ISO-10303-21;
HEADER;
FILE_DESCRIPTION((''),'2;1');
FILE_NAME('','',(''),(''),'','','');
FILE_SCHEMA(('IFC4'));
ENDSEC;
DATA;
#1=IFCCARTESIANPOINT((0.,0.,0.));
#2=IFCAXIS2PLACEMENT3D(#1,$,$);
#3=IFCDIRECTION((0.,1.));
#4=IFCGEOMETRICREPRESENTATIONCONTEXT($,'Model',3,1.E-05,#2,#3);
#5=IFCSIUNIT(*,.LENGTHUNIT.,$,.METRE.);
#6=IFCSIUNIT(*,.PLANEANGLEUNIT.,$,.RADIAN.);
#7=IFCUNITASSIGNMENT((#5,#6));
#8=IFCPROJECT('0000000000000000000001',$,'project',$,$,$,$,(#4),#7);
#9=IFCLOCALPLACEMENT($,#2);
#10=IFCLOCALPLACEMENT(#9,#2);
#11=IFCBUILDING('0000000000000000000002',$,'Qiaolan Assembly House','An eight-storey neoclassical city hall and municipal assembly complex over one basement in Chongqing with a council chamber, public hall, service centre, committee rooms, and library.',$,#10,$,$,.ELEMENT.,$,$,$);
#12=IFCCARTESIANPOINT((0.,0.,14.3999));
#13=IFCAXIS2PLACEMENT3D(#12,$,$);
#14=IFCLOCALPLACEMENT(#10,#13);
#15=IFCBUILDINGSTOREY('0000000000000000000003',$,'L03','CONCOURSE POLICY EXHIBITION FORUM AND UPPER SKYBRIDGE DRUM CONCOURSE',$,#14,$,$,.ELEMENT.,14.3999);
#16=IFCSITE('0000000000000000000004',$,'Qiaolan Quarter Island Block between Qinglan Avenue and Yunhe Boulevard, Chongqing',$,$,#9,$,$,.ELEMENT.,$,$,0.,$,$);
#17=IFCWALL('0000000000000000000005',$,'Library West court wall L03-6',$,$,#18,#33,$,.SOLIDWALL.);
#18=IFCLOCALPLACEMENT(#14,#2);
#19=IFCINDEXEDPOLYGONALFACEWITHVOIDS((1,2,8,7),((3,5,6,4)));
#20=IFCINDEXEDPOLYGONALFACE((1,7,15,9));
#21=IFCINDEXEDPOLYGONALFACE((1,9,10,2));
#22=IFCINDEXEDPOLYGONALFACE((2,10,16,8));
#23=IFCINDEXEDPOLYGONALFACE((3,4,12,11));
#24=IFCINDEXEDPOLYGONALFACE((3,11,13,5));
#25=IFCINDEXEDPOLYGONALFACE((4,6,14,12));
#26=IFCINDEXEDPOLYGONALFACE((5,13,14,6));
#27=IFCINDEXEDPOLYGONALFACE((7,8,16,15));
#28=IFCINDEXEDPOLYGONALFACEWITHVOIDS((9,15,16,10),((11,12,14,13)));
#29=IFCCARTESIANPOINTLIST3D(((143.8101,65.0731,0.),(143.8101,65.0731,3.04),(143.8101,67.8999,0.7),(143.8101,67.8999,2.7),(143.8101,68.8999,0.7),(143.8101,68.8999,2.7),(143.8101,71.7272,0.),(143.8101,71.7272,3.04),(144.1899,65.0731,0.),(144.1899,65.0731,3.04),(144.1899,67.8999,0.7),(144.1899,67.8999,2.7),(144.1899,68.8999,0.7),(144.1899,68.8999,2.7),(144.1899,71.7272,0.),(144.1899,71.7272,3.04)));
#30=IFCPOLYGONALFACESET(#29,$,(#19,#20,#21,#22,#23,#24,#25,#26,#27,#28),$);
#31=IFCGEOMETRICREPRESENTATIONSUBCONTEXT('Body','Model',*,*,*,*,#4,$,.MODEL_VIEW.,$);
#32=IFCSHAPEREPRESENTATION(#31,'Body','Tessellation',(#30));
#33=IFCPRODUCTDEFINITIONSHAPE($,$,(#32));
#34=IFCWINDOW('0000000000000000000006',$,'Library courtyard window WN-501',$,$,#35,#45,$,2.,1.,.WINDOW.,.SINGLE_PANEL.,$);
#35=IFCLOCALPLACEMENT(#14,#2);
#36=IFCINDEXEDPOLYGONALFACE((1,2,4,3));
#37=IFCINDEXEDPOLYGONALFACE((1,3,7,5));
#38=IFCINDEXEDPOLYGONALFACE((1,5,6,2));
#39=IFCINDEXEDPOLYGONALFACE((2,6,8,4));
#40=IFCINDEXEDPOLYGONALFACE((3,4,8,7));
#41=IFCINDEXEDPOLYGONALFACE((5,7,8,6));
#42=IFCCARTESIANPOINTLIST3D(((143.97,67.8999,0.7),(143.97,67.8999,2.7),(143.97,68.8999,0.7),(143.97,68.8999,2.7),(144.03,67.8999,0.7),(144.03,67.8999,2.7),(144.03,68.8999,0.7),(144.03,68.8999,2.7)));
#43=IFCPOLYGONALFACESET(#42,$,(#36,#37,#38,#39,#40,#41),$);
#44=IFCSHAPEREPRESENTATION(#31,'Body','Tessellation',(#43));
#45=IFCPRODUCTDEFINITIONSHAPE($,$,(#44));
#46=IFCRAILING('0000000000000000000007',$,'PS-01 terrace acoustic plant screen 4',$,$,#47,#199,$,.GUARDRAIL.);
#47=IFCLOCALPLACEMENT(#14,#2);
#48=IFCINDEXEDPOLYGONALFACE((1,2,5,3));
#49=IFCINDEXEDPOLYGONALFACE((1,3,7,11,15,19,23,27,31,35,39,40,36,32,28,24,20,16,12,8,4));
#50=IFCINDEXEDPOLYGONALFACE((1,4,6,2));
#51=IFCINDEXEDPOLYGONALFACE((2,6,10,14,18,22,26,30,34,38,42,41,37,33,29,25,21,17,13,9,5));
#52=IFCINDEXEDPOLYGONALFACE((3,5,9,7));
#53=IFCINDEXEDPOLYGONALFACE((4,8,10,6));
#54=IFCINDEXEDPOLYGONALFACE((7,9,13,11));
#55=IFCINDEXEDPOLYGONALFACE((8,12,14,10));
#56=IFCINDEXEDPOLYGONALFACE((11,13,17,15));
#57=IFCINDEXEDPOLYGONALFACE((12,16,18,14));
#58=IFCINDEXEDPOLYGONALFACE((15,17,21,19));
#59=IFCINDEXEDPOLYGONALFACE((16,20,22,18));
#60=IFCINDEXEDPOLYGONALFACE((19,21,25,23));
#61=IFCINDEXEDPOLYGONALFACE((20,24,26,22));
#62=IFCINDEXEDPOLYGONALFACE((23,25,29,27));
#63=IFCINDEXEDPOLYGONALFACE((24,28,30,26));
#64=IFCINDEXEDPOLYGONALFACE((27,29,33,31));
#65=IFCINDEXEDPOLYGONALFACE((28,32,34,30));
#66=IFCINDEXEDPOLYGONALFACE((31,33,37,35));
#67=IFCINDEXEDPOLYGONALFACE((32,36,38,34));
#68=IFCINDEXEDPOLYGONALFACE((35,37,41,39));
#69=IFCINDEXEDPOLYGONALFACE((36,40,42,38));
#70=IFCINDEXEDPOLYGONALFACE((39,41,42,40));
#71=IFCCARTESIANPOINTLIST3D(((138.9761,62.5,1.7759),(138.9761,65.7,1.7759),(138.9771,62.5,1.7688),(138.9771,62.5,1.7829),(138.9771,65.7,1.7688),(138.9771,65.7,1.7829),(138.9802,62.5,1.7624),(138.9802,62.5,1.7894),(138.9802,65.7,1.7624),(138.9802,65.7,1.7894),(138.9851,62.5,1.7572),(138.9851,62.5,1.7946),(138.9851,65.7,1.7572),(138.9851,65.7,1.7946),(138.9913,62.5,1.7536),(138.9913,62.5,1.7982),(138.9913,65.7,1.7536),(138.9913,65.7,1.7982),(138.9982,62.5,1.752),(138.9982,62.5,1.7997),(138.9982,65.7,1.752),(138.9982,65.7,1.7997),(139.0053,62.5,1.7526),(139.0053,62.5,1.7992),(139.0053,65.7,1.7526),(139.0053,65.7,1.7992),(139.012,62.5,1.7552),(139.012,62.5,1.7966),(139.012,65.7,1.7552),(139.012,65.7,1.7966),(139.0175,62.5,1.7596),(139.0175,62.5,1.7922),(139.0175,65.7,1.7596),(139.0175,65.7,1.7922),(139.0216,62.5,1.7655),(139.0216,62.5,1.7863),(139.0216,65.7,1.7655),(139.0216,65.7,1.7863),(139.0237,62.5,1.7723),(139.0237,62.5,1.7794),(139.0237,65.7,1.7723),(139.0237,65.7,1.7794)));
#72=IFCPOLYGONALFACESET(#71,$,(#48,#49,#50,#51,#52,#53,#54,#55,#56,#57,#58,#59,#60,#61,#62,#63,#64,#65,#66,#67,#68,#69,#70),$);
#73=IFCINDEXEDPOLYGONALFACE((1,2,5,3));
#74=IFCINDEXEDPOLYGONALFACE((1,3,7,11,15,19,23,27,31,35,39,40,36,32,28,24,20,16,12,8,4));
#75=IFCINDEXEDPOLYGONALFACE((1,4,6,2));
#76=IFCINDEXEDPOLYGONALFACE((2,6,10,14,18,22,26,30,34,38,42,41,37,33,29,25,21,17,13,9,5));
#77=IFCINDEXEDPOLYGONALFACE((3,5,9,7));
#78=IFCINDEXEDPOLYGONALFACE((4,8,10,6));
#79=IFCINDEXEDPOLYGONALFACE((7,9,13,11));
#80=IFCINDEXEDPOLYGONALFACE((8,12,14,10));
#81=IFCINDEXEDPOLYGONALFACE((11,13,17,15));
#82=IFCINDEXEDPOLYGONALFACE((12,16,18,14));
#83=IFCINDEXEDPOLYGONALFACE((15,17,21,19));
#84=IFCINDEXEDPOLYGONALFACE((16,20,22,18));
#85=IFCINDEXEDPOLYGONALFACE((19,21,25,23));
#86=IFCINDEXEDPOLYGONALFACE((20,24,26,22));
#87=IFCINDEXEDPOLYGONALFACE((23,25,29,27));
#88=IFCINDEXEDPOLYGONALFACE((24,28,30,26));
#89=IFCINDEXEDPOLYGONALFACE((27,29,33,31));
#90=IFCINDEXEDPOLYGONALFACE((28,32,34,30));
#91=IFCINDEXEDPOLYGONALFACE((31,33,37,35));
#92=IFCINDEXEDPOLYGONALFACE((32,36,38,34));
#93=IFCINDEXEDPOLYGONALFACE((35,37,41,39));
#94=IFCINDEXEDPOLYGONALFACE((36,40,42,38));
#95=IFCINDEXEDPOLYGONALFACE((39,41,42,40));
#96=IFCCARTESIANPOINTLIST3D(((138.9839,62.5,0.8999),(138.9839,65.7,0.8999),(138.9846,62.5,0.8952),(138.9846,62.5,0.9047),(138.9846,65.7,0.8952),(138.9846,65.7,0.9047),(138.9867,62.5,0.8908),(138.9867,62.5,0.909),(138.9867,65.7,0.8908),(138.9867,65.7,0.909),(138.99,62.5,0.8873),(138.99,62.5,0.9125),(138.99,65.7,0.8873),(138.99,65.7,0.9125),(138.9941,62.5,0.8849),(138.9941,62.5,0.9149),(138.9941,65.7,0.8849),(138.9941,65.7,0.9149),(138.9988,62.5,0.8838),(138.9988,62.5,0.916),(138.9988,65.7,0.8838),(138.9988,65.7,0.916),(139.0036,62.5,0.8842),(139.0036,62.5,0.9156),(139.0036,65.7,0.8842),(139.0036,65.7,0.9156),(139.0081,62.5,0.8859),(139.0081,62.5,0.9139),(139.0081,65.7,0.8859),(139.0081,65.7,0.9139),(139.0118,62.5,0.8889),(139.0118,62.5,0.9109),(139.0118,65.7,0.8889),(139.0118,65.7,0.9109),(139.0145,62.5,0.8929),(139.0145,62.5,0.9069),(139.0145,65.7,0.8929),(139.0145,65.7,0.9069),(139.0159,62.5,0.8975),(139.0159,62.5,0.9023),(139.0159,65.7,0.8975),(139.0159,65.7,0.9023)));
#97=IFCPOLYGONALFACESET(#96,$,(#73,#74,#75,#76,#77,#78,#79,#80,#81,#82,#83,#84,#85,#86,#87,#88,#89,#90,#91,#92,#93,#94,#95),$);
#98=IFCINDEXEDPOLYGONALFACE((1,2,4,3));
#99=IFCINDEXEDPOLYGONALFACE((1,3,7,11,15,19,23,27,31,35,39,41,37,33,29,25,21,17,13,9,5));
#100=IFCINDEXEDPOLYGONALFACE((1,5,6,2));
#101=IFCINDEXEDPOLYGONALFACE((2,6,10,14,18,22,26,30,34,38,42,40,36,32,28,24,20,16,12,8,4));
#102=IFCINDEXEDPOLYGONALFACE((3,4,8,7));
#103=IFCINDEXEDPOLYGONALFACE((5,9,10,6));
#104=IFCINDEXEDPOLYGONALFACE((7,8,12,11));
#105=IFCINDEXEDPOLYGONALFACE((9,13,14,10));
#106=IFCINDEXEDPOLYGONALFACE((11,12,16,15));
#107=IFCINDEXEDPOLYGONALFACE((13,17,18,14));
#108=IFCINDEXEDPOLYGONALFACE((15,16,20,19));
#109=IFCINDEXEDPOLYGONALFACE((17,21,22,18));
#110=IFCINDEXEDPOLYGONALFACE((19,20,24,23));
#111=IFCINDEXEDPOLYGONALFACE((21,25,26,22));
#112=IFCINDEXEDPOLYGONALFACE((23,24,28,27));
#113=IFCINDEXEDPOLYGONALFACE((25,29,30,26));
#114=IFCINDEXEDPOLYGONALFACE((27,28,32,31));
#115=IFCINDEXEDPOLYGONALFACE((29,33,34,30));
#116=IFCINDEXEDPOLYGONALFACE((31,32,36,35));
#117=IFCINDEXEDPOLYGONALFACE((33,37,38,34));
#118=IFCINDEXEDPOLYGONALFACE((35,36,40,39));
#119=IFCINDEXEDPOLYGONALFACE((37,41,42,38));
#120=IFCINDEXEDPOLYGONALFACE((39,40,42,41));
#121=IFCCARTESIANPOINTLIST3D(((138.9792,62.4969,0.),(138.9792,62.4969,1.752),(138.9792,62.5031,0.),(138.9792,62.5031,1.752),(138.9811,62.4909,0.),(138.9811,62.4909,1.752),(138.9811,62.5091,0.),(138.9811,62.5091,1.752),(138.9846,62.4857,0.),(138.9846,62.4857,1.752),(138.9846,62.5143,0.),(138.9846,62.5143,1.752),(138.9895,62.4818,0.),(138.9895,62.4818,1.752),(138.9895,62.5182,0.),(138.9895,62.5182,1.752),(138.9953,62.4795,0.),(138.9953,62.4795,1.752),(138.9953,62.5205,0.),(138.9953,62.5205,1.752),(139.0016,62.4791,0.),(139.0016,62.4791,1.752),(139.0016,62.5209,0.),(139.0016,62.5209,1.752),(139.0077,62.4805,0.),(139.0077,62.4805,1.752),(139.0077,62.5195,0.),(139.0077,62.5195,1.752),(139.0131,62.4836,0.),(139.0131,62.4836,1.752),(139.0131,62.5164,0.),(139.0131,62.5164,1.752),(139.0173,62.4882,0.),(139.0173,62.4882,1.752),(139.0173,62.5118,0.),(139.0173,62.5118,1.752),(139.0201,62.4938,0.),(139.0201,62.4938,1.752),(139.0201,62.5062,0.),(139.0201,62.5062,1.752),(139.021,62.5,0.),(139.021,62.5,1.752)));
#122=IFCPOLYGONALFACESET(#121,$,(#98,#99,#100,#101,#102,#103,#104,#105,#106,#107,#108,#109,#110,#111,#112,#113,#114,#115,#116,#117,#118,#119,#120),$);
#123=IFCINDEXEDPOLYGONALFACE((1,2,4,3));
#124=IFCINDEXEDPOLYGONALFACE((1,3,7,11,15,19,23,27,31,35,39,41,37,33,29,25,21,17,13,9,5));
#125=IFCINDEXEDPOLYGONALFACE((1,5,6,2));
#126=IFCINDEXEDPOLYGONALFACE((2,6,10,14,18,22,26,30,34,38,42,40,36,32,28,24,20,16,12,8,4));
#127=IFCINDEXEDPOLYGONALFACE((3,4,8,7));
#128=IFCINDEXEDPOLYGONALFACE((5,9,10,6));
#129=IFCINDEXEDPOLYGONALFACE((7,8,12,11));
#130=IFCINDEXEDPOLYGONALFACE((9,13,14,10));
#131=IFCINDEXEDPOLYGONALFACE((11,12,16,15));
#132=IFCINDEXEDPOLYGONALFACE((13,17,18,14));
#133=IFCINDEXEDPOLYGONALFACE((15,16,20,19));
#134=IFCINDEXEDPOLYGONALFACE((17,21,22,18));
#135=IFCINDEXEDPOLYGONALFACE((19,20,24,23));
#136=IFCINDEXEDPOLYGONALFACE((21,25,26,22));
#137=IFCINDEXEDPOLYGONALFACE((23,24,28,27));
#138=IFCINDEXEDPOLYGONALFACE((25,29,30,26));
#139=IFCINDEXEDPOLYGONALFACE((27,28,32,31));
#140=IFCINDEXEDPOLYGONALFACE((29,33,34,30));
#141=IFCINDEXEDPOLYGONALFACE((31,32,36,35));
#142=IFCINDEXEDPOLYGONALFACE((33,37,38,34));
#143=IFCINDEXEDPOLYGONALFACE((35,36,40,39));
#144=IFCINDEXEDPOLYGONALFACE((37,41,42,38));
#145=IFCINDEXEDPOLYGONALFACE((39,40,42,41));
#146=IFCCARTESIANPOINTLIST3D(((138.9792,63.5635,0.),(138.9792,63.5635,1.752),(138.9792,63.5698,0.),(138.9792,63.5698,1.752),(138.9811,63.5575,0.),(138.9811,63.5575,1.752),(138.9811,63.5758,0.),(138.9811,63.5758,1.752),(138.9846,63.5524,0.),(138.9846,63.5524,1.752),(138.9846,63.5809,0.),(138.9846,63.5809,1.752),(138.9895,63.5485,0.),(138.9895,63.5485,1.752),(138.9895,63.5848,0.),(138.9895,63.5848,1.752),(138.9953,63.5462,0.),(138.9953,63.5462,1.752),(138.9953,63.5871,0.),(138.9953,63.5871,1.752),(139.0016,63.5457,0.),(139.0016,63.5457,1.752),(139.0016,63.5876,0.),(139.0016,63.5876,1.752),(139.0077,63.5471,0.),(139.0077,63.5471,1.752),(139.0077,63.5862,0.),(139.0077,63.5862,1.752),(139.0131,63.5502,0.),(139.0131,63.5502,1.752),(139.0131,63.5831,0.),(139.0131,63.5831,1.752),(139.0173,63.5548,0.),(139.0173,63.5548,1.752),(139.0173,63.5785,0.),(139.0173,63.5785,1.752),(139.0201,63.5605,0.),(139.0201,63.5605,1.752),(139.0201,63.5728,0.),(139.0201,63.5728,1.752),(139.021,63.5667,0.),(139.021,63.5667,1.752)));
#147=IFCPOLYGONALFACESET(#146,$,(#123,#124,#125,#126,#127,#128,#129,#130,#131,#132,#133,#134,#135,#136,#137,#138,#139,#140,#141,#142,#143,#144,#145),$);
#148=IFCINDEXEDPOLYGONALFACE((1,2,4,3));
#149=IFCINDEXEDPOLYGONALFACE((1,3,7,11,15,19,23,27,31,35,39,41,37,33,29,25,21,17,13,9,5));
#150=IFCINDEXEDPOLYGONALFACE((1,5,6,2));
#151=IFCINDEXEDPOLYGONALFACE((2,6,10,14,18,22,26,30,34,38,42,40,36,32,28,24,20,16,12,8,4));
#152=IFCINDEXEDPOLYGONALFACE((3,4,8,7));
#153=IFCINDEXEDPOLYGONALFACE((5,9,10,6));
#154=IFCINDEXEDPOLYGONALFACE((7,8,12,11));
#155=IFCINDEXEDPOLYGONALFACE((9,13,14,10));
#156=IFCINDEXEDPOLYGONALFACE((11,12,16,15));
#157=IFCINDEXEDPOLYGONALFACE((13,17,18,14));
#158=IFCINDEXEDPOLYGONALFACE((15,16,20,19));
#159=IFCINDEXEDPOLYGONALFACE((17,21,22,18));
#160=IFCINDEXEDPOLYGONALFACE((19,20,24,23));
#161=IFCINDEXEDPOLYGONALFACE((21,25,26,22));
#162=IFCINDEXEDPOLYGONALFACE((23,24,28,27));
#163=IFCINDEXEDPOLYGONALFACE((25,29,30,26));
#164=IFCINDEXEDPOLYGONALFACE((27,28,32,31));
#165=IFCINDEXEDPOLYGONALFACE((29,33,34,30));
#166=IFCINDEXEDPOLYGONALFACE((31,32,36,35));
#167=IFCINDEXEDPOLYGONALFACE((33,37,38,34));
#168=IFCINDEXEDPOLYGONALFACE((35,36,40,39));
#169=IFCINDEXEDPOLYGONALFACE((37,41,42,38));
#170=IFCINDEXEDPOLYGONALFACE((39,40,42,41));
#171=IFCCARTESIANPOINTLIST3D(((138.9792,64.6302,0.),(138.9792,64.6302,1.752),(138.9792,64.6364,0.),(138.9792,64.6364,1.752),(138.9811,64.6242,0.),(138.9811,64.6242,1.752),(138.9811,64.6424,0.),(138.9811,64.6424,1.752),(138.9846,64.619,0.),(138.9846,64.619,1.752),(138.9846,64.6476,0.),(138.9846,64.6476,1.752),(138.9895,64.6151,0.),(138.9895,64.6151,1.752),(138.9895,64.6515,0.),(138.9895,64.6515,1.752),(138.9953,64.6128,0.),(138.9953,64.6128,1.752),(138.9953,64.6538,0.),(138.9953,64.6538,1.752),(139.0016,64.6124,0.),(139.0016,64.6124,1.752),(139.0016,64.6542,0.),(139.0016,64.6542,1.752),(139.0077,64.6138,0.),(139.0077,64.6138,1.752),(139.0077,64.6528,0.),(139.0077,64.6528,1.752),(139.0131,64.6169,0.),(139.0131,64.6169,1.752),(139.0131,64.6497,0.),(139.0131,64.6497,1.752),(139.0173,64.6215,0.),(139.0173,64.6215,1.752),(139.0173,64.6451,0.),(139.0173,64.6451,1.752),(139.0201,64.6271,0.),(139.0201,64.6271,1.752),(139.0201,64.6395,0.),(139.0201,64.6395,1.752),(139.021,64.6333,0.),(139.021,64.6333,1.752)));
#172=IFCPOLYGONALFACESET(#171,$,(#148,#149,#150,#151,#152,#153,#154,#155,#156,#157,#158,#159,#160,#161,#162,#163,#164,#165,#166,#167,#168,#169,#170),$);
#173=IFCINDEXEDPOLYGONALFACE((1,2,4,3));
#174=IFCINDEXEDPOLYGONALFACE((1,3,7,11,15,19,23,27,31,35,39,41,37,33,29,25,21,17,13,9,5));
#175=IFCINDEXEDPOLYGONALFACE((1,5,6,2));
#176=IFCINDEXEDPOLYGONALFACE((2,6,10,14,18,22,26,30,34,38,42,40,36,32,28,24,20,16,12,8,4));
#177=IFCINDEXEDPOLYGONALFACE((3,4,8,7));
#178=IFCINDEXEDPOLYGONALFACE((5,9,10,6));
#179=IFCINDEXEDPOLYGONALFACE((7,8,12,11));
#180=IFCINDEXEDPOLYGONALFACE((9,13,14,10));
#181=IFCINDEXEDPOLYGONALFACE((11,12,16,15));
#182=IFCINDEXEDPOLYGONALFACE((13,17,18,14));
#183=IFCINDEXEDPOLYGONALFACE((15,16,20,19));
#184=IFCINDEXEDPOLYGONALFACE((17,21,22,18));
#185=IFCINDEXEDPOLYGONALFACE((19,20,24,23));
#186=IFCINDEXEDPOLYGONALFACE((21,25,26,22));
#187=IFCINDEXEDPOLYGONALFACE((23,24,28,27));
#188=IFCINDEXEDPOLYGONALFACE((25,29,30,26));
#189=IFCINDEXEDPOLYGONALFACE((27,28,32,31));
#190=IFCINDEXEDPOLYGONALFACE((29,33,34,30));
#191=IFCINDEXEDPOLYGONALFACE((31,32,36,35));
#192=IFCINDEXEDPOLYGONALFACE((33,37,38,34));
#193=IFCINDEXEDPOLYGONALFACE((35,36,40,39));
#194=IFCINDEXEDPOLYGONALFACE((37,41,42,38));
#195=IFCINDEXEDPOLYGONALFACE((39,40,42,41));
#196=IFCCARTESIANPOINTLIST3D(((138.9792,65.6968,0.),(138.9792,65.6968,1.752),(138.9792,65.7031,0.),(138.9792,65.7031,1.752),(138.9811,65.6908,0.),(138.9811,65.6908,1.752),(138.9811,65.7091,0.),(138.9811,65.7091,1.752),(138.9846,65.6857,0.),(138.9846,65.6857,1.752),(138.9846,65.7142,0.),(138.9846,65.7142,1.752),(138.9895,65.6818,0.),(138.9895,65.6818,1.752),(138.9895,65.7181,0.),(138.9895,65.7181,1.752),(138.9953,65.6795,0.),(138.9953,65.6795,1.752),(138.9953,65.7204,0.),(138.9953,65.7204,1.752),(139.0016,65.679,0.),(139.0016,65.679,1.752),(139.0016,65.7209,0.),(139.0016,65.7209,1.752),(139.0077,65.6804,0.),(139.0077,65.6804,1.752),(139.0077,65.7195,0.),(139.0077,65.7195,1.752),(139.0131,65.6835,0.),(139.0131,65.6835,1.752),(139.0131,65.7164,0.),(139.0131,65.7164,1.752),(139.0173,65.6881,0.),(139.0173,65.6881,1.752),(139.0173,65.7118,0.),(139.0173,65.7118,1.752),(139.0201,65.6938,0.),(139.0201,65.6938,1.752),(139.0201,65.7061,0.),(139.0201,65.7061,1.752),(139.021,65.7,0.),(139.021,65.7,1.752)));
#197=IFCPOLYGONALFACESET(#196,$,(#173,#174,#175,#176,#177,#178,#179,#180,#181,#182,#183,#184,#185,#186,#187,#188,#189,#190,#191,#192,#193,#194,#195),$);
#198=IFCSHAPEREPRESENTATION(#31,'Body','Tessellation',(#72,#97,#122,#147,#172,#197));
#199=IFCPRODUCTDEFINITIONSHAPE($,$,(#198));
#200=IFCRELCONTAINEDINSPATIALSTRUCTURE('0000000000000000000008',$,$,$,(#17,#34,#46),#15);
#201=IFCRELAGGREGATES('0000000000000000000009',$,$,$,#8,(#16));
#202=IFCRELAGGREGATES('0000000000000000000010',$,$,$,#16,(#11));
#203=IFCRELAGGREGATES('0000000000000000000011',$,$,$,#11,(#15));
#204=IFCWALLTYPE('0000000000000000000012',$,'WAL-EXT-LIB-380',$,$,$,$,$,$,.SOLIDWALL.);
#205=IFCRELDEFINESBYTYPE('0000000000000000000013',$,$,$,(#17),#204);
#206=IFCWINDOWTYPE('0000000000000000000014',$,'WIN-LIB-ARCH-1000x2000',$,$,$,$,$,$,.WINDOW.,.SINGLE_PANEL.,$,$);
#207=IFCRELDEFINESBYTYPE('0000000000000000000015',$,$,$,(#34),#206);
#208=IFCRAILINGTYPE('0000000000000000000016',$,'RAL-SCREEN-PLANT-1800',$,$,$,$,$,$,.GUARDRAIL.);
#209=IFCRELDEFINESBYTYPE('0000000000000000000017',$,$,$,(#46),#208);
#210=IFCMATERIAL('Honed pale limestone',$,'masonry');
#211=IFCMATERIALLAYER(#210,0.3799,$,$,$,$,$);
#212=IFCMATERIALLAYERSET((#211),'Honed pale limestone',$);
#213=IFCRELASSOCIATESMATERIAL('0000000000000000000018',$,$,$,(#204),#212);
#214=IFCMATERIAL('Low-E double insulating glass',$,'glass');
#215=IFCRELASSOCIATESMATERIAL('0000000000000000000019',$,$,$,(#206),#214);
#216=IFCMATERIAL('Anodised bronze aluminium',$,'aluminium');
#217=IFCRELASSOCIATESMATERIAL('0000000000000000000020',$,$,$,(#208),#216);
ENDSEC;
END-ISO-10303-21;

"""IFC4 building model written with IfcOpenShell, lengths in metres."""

from ifc_helpers import new_model, si_unit, direction, frame, frame_2d, origin, origin_2d, place, context, subcontext, project, spatial, rectangle, circle, extrude, material, layer, layer_set, type_object, element, fill, save


model = new_model("IFC4")

# Units and contexts
model_context = context("Model", 3, precision=1e-05, world=origin(), true_north=direction((0.0, 1.0)))
body_context = subcontext(model_context, "Body", "Model", "MODEL_VIEW")
ifc_project = project(units=[si_unit("LENGTHUNIT", "METRE"), si_unit("PLANEANGLEUNIT", "RADIAN")], contexts=[model_context])

# Site, building, storey
site_placement = place(None, origin())
site = spatial("IfcSite", under=ifc_project, at=site_placement, Name="Qiaolan Quarter Island Block between Qinglan Avenue and Yunhe Boulevard, Chongqing", CompositionType="ELEMENT", RefElevation=0.0)
building_placement = place(site_placement, origin())
building = spatial("IfcBuilding", under=site, at=building_placement, Name="Qiaolan Assembly House", Description="An eight-storey neoclassical city hall and municipal assembly complex over one basement in Chongqing with a council chamber, public hall, service centre, committee rooms, and library.", CompositionType="ELEMENT")
storey_placement = place(building_placement, frame((0.0, 0.0, 14.3999)))
storey = spatial("IfcBuildingStorey", under=building, at=storey_placement, Name="L03", Description="CONCOURSE POLICY EXHIBITION FORUM AND UPPER SKYBRIDGE DRUM CONCOURSE", CompositionType="ELEMENT", Elevation=14.3999)

# Shared definitions
ifc_material_1 = material(Name="Honed pale limestone", Category="masonry")
ifc_layer = layer(ifc_material_1, 0.3799)
ifc_layer_set = layer_set([ifc_layer], Name="Honed pale limestone")
wall_type = type_object("IfcWallType", Name="WAL-EXT-LIB-380", PredefinedType="SOLIDWALL", material=ifc_layer_set)
ifc_material_2 = material(Name="Anodised bronze aluminium", Category="aluminium")

# Wall, opening, window
wall_1_placement = place(storey_placement, frame((144.0, 65.073, 0.0), z_axis=(0.0, 0.0, 1.0), x_axis=(0.0, 1.0, 0.0)))
wall_1 = element("IfcWall", 1, at=wall_1_placement, inside=storey, type_object=wall_type, Name="Library West court wall L03-6", PredefinedType="SOLIDWALL", context=body_context, shape_type="SweptSolid", body=[
    extrude(rectangle(XDim=6.6541, YDim=0.3799, at=frame_2d((3.3271, 0.0))), origin(), (0.0, 0.0, 1.0), 3.04),
])
opening_1_placement = place(wall_1_placement, frame((2.8269, 0.0, 0.7)))
opening_1 = element("IfcOpeningElement", 2, at=opening_1_placement, cuts=wall_1, PredefinedType="OPENING", context=body_context, shape_type="SweptSolid", body=[
    extrude(rectangle(XDim=1.0, YDim=2.0, at=frame_2d((0.5, 1.0))), frame((0.0, 0.2, 0.0), z_axis=(0.0, -1.0, 0.0), x_axis=(1.0, 0.0, 0.0)), (0.0, 0.0, 1.0), 0.3999),
])
ifc_material_3 = material(Name="Low-E double insulating glass", Category="glass")
window_type = type_object("IfcWindowType", Name="WIN-LIB-ARCH-1000x2000", PartitioningType="SINGLE_PANEL", PredefinedType="WINDOW", material=ifc_material_3)
window_placement = place(opening_1_placement, origin())
window = element("IfcWindow", 3, at=window_placement, inside=storey, type_object=window_type, Name="Library courtyard window WN-501", OverallHeight=2.0, OverallWidth=1.0, PartitioningType="SINGLE_PANEL", PredefinedType="WINDOW", context=body_context, shape_type="SweptSolid", body=[
    extrude(rectangle(XDim=1.0, YDim=2.0, at=frame_2d((0.5, 1.0))), frame((0.0, 0.03, 0.0), z_axis=(0.0, -1.0, 0.0), x_axis=(1.0, 0.0, 0.0)), (0.0, 0.0, 1.0), 0.0601),
])
fill(opening_1, window)

# Railing
railing_type = type_object("IfcRailingType", Name="RAL-SCREEN-PLANT-1800", PredefinedType="GUARDRAIL", material=ifc_material_2)
for number, where, name in (
    (4, (139.0, 62.5, 0.0), "PS-01 terrace acoustic plant screen 4"),
):
    element("IfcRailing", number, at=place(storey_placement, frame(where)), inside=storey, type_object=railing_type, Name=name, PredefinedType="GUARDRAIL", context=body_context, shape_type="SweptSolid", body=[
        extrude(circle(Radius=0.0239, at=origin_2d()), frame((0.0, 0.0, 1.7759), z_axis=(0.0, 1.0, 0.0), x_axis=(-1.0, 0.0, 0.0)), (0.0, 0.0, 1.0), 3.2),
        extrude(circle(Radius=0.0161, at=origin_2d()), frame((0.0, 0.0, 0.8999), z_axis=(0.0, 1.0, 0.0), x_axis=(-1.0, 0.0, 0.0)), (0.0, 0.0, 1.0), 3.2),
        extrude(circle(Radius=0.021, at=origin_2d()), origin(), (0.0, 0.0, 1.0), 1.752),
        extrude(circle(Radius=0.021, at=origin_2d()), frame((0.0, 1.0667, 0.0)), (0.0, 0.0, 1.0), 1.752),
        extrude(circle(Radius=0.021, at=origin_2d()), frame((0.0, 2.1333, 0.0)), (0.0, 0.0, 1.0), 1.752),
        extrude(circle(Radius=0.021, at=origin_2d()), frame((0.0, 3.2, 0.0)), (0.0, 0.0, 1.0), 1.752),
    ])

save(model, "model.ifc")
